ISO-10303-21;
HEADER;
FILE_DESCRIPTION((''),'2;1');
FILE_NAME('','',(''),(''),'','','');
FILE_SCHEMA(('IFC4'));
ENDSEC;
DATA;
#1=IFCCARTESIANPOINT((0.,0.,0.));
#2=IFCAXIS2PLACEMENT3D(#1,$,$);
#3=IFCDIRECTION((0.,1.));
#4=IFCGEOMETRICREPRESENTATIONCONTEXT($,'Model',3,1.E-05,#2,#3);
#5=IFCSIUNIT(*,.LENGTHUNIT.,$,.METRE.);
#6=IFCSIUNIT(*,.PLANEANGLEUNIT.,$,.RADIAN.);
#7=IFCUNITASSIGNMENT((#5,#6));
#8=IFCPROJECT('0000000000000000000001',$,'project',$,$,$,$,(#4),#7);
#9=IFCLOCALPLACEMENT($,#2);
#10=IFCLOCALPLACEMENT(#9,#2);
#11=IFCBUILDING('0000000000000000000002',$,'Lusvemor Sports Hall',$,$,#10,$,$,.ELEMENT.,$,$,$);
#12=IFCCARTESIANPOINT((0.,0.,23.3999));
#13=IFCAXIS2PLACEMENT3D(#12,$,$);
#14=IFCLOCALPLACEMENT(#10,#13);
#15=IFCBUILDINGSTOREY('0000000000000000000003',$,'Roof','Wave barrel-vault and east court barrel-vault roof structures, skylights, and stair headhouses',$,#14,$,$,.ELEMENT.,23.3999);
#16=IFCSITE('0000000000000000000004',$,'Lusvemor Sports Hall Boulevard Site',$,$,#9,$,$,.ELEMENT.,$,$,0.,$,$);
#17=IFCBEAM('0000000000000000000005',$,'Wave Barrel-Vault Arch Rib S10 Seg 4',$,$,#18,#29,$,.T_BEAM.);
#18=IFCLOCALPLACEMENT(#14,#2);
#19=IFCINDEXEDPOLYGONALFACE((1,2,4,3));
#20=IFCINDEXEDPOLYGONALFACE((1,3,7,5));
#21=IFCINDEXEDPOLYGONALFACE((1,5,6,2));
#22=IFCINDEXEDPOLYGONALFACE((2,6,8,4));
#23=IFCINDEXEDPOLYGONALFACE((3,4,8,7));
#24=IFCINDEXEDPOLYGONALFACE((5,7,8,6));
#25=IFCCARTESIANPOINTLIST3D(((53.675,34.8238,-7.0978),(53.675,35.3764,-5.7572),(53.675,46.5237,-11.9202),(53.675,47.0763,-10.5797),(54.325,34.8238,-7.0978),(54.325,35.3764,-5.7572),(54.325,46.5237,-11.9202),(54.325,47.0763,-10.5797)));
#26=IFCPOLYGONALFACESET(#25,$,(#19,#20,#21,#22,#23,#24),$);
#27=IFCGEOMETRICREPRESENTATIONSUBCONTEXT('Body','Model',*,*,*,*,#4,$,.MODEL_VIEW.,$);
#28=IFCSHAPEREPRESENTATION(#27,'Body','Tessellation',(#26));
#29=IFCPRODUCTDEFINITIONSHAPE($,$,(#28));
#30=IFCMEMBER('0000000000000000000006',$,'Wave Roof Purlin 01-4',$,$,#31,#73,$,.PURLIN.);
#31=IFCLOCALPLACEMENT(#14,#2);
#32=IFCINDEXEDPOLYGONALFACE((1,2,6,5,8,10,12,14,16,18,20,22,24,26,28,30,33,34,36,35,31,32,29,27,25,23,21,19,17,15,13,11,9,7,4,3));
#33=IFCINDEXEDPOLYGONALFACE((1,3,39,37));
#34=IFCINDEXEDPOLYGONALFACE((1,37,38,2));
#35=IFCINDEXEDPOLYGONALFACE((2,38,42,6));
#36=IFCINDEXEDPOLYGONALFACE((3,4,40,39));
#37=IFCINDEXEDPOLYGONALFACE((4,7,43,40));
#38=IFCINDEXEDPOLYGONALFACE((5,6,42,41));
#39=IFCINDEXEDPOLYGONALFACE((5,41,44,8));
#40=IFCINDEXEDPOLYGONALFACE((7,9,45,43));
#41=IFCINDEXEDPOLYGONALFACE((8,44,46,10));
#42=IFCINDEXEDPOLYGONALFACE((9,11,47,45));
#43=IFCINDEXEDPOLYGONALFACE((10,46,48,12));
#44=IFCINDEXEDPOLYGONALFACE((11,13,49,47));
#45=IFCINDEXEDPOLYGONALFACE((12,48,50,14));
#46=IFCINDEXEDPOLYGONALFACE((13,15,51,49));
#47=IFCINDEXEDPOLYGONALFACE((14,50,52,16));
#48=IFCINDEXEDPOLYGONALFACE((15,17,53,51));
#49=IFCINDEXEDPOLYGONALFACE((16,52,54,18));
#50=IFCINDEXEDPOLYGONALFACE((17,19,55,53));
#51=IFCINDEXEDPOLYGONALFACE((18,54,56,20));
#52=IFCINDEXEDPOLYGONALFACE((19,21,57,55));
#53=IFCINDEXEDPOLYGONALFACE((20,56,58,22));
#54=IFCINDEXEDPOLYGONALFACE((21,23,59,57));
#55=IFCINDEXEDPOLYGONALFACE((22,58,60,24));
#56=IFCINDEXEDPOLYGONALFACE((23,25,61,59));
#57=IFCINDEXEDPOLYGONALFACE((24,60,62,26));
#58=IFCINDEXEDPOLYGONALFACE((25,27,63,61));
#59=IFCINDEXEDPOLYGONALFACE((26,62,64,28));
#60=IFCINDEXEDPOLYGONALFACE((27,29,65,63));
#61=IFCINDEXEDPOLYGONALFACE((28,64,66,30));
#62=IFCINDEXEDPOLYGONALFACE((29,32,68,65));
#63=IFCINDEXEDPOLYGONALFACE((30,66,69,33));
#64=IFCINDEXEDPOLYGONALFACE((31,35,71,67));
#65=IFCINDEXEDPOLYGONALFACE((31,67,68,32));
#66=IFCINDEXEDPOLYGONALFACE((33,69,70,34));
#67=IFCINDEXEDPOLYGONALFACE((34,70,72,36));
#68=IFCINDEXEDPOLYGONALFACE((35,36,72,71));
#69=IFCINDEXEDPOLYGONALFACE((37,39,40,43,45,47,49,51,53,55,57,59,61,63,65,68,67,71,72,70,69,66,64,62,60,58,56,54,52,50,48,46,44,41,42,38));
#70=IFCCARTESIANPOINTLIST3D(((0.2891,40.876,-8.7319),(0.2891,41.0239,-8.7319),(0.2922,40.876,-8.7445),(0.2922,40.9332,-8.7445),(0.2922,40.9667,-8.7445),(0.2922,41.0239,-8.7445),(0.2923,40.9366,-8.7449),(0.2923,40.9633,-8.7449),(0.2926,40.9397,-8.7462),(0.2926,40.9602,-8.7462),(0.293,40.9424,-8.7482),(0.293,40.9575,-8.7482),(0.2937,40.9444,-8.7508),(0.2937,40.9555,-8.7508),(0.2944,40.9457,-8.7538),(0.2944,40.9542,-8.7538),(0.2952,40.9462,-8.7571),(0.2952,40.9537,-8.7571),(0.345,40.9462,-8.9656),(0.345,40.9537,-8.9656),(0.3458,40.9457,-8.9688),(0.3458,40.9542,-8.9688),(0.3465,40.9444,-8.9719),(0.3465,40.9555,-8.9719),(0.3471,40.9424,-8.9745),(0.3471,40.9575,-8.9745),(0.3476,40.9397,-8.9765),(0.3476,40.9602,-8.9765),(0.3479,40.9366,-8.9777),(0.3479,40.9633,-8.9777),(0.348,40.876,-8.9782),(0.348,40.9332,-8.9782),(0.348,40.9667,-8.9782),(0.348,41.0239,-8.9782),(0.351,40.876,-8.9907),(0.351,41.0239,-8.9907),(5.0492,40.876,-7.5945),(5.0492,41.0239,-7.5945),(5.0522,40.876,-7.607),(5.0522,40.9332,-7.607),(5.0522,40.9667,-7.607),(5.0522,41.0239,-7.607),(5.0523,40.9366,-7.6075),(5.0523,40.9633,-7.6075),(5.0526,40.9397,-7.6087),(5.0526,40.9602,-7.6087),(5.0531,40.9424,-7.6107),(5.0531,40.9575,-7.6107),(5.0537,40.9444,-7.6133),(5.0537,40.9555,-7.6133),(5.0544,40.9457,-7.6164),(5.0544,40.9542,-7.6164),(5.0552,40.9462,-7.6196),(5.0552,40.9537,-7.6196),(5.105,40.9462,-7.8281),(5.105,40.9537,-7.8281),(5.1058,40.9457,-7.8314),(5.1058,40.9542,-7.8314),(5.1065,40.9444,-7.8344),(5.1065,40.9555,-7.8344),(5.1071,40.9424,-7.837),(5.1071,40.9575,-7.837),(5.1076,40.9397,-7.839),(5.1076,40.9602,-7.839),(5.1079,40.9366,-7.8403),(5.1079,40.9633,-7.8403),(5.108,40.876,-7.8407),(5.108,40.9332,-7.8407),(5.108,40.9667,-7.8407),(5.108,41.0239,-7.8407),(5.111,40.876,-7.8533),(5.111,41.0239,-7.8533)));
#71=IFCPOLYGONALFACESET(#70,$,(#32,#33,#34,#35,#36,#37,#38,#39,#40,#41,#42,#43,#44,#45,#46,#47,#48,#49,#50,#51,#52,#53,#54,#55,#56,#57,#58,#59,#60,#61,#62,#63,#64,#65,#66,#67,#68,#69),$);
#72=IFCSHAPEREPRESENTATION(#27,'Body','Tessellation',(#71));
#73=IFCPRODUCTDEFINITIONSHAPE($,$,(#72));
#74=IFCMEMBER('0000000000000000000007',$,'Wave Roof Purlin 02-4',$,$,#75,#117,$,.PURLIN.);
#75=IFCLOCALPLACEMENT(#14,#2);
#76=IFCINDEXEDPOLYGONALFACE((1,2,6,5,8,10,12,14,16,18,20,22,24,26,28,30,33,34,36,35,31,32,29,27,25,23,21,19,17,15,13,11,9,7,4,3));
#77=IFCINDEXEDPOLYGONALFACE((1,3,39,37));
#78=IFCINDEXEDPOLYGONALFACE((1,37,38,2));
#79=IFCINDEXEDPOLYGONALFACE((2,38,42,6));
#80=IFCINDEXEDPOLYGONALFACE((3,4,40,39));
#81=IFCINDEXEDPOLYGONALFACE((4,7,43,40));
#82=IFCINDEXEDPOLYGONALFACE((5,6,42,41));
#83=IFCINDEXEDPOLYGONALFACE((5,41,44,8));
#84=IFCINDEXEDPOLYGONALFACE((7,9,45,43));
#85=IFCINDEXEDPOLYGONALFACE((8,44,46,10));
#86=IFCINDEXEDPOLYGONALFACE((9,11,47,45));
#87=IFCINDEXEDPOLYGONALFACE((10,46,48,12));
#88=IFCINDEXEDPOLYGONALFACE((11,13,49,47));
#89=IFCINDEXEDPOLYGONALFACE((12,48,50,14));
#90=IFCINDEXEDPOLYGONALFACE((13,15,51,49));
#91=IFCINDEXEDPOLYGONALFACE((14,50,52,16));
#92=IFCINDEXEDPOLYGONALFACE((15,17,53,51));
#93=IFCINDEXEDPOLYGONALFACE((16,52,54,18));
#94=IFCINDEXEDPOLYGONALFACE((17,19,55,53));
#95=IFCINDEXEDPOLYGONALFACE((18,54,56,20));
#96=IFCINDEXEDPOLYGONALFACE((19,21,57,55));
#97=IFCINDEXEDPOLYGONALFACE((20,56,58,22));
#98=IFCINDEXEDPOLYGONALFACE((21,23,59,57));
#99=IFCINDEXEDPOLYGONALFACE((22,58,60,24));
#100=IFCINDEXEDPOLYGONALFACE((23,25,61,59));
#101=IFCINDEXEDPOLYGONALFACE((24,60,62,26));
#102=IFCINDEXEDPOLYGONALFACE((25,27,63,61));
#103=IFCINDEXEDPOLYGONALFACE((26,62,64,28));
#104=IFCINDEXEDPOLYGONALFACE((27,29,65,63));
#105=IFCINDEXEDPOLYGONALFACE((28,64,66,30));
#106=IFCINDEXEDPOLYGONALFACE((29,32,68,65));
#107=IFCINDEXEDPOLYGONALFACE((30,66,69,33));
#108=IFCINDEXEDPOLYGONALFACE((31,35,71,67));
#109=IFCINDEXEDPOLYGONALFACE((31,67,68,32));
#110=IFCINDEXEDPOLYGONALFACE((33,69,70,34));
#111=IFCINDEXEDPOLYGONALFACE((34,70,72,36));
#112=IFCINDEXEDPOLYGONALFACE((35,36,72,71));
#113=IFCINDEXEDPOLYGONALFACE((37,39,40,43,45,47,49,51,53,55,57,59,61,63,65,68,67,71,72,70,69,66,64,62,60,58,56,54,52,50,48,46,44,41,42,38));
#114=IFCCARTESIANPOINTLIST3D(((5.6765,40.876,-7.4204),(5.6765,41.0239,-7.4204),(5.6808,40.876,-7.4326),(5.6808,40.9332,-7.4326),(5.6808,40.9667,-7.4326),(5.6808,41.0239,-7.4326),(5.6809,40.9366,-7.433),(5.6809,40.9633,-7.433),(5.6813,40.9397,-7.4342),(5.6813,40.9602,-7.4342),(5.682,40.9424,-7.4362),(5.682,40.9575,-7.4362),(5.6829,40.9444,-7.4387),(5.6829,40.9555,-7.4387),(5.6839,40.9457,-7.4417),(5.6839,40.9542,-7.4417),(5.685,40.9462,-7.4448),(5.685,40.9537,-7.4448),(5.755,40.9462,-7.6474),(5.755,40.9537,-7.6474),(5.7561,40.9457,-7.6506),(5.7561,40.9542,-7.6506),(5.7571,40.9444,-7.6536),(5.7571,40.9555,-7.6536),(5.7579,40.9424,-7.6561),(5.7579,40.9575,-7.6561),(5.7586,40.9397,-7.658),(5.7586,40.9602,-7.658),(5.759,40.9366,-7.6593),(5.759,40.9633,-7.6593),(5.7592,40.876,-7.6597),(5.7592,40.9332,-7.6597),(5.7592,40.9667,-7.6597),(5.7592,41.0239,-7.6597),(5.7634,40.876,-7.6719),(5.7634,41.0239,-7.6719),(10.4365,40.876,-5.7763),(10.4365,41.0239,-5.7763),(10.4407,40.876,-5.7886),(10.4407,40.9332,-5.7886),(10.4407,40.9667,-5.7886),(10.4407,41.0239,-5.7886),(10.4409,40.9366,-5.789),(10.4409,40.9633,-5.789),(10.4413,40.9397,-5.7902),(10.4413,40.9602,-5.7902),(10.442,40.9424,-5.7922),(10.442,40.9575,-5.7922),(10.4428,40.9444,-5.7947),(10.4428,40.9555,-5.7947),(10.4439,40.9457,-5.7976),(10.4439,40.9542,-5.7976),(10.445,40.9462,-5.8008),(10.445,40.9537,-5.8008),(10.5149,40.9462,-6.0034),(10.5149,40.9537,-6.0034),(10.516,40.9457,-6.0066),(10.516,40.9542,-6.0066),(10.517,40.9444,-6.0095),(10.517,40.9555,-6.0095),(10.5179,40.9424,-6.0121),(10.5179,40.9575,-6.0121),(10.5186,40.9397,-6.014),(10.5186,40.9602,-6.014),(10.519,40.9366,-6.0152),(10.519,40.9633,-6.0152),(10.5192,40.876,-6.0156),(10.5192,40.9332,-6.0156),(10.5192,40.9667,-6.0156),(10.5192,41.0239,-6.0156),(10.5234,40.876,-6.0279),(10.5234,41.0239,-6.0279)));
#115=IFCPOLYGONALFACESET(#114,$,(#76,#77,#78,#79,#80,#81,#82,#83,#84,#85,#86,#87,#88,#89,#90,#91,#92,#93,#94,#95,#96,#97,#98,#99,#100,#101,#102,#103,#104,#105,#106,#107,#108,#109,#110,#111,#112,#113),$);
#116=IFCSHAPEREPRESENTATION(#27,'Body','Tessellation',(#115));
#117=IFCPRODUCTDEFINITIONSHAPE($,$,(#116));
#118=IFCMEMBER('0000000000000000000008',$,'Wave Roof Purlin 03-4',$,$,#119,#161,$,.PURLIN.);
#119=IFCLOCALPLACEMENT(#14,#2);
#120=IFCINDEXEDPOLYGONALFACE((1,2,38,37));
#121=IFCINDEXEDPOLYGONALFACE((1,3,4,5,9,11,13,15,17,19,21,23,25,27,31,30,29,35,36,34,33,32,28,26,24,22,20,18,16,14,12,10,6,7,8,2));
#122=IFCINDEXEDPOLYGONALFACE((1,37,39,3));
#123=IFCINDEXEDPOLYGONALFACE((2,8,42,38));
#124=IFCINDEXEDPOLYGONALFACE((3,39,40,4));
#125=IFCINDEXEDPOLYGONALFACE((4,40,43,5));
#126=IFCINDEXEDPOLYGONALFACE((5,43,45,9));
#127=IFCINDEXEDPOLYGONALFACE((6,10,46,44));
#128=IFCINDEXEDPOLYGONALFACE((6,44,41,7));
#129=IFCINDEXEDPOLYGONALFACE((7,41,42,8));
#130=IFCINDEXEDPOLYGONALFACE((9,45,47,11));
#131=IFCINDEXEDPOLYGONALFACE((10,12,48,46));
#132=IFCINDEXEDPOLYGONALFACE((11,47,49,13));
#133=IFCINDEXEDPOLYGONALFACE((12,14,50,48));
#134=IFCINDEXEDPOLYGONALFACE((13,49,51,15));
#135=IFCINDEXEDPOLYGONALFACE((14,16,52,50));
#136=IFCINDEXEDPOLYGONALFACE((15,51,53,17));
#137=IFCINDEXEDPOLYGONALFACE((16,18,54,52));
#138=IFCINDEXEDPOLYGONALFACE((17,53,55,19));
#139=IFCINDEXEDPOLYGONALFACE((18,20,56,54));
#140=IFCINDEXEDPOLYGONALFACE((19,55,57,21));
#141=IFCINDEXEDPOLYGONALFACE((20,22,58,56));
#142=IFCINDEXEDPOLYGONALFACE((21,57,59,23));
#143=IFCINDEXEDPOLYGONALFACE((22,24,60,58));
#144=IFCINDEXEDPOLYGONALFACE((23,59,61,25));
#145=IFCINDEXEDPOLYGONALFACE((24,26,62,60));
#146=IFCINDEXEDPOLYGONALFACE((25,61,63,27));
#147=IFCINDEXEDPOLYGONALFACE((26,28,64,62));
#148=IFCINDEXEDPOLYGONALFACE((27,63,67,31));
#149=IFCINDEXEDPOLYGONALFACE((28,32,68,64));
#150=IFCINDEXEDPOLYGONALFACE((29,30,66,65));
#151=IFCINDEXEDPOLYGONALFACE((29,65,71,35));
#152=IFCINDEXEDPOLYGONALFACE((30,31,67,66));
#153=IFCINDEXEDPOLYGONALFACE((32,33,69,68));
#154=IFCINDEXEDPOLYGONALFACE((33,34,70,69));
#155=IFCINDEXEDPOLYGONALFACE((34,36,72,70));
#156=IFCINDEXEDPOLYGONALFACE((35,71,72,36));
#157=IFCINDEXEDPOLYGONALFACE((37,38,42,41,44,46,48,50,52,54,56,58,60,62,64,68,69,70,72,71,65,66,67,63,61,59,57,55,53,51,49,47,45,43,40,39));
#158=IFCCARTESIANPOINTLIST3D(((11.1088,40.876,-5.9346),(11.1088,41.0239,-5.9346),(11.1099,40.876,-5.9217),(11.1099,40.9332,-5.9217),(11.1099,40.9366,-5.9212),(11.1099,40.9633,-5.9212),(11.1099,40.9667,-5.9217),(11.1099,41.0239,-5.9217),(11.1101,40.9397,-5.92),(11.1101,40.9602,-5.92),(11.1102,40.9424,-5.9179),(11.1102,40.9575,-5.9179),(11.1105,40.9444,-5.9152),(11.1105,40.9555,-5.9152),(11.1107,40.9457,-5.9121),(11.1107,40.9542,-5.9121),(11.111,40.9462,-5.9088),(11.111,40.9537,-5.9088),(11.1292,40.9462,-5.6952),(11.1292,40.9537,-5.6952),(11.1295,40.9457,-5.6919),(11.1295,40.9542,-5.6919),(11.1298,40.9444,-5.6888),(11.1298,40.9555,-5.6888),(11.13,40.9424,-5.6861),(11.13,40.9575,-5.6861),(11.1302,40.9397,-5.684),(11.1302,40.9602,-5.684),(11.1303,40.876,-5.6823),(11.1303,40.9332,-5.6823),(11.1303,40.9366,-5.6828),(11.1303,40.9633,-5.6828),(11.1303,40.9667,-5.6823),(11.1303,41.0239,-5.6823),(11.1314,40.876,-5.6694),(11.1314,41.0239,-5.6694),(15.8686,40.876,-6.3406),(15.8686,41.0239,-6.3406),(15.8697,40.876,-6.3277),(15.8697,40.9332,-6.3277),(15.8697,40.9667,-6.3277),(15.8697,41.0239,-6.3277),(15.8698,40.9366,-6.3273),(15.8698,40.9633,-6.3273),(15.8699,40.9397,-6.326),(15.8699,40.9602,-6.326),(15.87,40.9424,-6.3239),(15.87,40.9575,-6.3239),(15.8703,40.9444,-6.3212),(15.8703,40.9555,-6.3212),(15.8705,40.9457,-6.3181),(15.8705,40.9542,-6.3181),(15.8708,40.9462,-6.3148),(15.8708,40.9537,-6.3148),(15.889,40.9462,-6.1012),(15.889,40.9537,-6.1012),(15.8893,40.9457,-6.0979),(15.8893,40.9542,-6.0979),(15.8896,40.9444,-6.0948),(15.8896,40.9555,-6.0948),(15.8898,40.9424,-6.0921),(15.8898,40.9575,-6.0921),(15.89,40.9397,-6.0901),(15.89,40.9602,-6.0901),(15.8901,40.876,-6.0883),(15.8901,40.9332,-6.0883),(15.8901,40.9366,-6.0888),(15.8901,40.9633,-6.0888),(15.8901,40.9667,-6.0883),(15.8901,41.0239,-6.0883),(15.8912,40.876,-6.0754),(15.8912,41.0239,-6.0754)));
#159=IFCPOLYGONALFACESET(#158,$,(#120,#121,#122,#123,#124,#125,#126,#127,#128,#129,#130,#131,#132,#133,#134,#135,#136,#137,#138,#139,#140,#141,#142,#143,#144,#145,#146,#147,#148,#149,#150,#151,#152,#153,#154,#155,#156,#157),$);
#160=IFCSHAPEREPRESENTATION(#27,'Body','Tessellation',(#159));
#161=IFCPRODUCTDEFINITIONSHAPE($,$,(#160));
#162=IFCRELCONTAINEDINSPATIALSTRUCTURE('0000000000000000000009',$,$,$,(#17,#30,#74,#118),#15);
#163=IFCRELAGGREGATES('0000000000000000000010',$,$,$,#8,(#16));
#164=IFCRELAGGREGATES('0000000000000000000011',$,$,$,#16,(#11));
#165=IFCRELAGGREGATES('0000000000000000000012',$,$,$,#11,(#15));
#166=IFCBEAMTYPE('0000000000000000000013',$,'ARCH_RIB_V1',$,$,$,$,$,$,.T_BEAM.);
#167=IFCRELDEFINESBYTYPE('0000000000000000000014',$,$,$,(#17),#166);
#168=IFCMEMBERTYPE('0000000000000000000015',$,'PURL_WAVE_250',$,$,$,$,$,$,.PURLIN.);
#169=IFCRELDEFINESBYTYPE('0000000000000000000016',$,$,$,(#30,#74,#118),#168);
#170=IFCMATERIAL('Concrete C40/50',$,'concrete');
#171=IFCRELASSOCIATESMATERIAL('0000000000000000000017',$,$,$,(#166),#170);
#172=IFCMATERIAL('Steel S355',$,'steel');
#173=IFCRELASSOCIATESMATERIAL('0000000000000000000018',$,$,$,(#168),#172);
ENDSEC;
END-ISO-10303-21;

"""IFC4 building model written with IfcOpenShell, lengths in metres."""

from ifc_helpers import new_model, si_unit, direction, frame, origin, origin_2d, place, context, subcontext, project, spatial, rectangle, i_section, extrude, material, material_profile, profile_set, type_object, element, save


model = new_model("IFC4")

# Units and contexts
model_context = context("Model", 3, precision=1e-05, world=origin(), true_north=direction((0.0, 1.0)))
body_context = subcontext(model_context, "Body", "Model", "MODEL_VIEW")
ifc_project = project(units=[si_unit("LENGTHUNIT", "METRE"), si_unit("PLANEANGLEUNIT", "RADIAN")], contexts=[model_context])

# Site, building, storey
site_placement = place(None, origin())
site = spatial("IfcSite", under=ifc_project, at=site_placement, Name="Lusvemor Sports Hall Boulevard Site", CompositionType="ELEMENT", RefElevation=0.0)
building_placement = place(site_placement, origin())
building = spatial("IfcBuilding", under=site, at=building_placement, Name="Lusvemor Sports Hall", CompositionType="ELEMENT")
storey_placement = place(building_placement, frame((0.0, 0.0, 23.3999)))
storey = spatial("IfcBuildingStorey", under=building, at=storey_placement, Name="Roof", Description="Wave barrel-vault and east court barrel-vault roof structures, skylights, and stair headhouses", CompositionType="ELEMENT", Elevation=23.3999)

# Beam
ifc_material_1 = material(Name="Concrete C40/50", Category="concrete")
ifc_material_profile_1 = material_profile(ifc_material_1, rectangle(XDim=0.6499, YDim=1.45, at=origin_2d()), Name="RC650x1450")
ifc_profile_set_1 = profile_set([ifc_material_profile_1], Name="Concrete C40/50")
beam_type = type_object("IfcBeamType", Name="ARCH_RIB_V1", PredefinedType="T_BEAM", material=ifc_profile_set_1)
beam_placement = place(storey_placement, frame((54.0, 35.1001, -6.4275), z_axis=(0.0, 0.924542, -0.38108), x_axis=(-1.0, 0.0, 0.0)))
element("IfcBeam", 1, at=beam_placement, inside=storey, type_object=beam_type, Name="Wave Barrel-Vault Arch Rib S10 Seg 4", PredefinedType="T_BEAM", context=body_context, shape_type="SweptSolid", body=[
    extrude(rectangle(XDim=0.6499, YDim=1.45, at=origin_2d()), origin(), (0.0, 0.0, 1.0), 12.6548),
])

# Members
ifc_material_2 = material(Name="Steel S355", Category="steel")
ifc_material_profile_2 = material_profile(ifc_material_2, i_section(OverallWidth=0.1479, OverallDepth=0.2661, WebThickness=0.0076, FlangeThickness=0.0129, FilletRadius=0.0129, at=origin_2d()), Name="W250x44.8")
ifc_profile_set_2 = profile_set([ifc_material_profile_2], Name="Steel S355")
member_type = type_object("IfcMemberType", Name="PURL_WAVE_250", PredefinedType="PURLIN", material=ifc_profile_set_2)
member_1_placement = place(storey_placement, frame((0.3201, 40.95, -8.8613), z_axis=(0.972616, 0.0, 0.232416), x_axis=(0.0, 1.0, 0.0)))
element("IfcMember", 2, at=member_1_placement, inside=storey, type_object=member_type, Name="Wave Roof Purlin 01-4", PredefinedType="PURLIN", context=body_context, shape_type="SweptSolid", body=[
    extrude(i_section(OverallWidth=0.1479, OverallDepth=0.2661, WebThickness=0.0076, FlangeThickness=0.0129, FilletRadius=0.0129, at=origin_2d()), origin(), (0.0, 0.0, 1.0), 4.894),
])
member_2_placement = place(storey_placement, frame((5.72, 40.95, -7.5461), z_axis=(0.94521, 0.0, 0.326463), x_axis=(0.0, 1.0, 0.0)))
element("IfcMember", 3, at=member_2_placement, inside=storey, type_object=member_type, Name="Wave Roof Purlin 02-4", PredefinedType="PURLIN", context=body_context, shape_type="SweptSolid", body=[
    extrude(i_section(OverallWidth=0.1479, OverallDepth=0.2661, WebThickness=0.0076, FlangeThickness=0.0129, FilletRadius=0.0129, at=origin_2d()), origin(), (0.0, 0.0, 1.0), 5.0359),
])
member_3_placement = place(storey_placement, frame((11.1201, 40.95, -5.802), z_axis=(0.996382, 0.0, -0.084991), x_axis=(0.0, 1.0, 0.0)))
element("IfcMember", 4, at=member_3_placement, inside=storey, type_object=member_type, Name="Wave Roof Purlin 03-4", PredefinedType="PURLIN", context=body_context, shape_type="SweptSolid", body=[
    extrude(i_section(OverallWidth=0.1479, OverallDepth=0.2661, WebThickness=0.0076, FlangeThickness=0.0129, FilletRadius=0.0129, at=origin_2d()), origin(), (0.0, 0.0, 1.0), 4.7771),
])

save(model, "model.ifc")
